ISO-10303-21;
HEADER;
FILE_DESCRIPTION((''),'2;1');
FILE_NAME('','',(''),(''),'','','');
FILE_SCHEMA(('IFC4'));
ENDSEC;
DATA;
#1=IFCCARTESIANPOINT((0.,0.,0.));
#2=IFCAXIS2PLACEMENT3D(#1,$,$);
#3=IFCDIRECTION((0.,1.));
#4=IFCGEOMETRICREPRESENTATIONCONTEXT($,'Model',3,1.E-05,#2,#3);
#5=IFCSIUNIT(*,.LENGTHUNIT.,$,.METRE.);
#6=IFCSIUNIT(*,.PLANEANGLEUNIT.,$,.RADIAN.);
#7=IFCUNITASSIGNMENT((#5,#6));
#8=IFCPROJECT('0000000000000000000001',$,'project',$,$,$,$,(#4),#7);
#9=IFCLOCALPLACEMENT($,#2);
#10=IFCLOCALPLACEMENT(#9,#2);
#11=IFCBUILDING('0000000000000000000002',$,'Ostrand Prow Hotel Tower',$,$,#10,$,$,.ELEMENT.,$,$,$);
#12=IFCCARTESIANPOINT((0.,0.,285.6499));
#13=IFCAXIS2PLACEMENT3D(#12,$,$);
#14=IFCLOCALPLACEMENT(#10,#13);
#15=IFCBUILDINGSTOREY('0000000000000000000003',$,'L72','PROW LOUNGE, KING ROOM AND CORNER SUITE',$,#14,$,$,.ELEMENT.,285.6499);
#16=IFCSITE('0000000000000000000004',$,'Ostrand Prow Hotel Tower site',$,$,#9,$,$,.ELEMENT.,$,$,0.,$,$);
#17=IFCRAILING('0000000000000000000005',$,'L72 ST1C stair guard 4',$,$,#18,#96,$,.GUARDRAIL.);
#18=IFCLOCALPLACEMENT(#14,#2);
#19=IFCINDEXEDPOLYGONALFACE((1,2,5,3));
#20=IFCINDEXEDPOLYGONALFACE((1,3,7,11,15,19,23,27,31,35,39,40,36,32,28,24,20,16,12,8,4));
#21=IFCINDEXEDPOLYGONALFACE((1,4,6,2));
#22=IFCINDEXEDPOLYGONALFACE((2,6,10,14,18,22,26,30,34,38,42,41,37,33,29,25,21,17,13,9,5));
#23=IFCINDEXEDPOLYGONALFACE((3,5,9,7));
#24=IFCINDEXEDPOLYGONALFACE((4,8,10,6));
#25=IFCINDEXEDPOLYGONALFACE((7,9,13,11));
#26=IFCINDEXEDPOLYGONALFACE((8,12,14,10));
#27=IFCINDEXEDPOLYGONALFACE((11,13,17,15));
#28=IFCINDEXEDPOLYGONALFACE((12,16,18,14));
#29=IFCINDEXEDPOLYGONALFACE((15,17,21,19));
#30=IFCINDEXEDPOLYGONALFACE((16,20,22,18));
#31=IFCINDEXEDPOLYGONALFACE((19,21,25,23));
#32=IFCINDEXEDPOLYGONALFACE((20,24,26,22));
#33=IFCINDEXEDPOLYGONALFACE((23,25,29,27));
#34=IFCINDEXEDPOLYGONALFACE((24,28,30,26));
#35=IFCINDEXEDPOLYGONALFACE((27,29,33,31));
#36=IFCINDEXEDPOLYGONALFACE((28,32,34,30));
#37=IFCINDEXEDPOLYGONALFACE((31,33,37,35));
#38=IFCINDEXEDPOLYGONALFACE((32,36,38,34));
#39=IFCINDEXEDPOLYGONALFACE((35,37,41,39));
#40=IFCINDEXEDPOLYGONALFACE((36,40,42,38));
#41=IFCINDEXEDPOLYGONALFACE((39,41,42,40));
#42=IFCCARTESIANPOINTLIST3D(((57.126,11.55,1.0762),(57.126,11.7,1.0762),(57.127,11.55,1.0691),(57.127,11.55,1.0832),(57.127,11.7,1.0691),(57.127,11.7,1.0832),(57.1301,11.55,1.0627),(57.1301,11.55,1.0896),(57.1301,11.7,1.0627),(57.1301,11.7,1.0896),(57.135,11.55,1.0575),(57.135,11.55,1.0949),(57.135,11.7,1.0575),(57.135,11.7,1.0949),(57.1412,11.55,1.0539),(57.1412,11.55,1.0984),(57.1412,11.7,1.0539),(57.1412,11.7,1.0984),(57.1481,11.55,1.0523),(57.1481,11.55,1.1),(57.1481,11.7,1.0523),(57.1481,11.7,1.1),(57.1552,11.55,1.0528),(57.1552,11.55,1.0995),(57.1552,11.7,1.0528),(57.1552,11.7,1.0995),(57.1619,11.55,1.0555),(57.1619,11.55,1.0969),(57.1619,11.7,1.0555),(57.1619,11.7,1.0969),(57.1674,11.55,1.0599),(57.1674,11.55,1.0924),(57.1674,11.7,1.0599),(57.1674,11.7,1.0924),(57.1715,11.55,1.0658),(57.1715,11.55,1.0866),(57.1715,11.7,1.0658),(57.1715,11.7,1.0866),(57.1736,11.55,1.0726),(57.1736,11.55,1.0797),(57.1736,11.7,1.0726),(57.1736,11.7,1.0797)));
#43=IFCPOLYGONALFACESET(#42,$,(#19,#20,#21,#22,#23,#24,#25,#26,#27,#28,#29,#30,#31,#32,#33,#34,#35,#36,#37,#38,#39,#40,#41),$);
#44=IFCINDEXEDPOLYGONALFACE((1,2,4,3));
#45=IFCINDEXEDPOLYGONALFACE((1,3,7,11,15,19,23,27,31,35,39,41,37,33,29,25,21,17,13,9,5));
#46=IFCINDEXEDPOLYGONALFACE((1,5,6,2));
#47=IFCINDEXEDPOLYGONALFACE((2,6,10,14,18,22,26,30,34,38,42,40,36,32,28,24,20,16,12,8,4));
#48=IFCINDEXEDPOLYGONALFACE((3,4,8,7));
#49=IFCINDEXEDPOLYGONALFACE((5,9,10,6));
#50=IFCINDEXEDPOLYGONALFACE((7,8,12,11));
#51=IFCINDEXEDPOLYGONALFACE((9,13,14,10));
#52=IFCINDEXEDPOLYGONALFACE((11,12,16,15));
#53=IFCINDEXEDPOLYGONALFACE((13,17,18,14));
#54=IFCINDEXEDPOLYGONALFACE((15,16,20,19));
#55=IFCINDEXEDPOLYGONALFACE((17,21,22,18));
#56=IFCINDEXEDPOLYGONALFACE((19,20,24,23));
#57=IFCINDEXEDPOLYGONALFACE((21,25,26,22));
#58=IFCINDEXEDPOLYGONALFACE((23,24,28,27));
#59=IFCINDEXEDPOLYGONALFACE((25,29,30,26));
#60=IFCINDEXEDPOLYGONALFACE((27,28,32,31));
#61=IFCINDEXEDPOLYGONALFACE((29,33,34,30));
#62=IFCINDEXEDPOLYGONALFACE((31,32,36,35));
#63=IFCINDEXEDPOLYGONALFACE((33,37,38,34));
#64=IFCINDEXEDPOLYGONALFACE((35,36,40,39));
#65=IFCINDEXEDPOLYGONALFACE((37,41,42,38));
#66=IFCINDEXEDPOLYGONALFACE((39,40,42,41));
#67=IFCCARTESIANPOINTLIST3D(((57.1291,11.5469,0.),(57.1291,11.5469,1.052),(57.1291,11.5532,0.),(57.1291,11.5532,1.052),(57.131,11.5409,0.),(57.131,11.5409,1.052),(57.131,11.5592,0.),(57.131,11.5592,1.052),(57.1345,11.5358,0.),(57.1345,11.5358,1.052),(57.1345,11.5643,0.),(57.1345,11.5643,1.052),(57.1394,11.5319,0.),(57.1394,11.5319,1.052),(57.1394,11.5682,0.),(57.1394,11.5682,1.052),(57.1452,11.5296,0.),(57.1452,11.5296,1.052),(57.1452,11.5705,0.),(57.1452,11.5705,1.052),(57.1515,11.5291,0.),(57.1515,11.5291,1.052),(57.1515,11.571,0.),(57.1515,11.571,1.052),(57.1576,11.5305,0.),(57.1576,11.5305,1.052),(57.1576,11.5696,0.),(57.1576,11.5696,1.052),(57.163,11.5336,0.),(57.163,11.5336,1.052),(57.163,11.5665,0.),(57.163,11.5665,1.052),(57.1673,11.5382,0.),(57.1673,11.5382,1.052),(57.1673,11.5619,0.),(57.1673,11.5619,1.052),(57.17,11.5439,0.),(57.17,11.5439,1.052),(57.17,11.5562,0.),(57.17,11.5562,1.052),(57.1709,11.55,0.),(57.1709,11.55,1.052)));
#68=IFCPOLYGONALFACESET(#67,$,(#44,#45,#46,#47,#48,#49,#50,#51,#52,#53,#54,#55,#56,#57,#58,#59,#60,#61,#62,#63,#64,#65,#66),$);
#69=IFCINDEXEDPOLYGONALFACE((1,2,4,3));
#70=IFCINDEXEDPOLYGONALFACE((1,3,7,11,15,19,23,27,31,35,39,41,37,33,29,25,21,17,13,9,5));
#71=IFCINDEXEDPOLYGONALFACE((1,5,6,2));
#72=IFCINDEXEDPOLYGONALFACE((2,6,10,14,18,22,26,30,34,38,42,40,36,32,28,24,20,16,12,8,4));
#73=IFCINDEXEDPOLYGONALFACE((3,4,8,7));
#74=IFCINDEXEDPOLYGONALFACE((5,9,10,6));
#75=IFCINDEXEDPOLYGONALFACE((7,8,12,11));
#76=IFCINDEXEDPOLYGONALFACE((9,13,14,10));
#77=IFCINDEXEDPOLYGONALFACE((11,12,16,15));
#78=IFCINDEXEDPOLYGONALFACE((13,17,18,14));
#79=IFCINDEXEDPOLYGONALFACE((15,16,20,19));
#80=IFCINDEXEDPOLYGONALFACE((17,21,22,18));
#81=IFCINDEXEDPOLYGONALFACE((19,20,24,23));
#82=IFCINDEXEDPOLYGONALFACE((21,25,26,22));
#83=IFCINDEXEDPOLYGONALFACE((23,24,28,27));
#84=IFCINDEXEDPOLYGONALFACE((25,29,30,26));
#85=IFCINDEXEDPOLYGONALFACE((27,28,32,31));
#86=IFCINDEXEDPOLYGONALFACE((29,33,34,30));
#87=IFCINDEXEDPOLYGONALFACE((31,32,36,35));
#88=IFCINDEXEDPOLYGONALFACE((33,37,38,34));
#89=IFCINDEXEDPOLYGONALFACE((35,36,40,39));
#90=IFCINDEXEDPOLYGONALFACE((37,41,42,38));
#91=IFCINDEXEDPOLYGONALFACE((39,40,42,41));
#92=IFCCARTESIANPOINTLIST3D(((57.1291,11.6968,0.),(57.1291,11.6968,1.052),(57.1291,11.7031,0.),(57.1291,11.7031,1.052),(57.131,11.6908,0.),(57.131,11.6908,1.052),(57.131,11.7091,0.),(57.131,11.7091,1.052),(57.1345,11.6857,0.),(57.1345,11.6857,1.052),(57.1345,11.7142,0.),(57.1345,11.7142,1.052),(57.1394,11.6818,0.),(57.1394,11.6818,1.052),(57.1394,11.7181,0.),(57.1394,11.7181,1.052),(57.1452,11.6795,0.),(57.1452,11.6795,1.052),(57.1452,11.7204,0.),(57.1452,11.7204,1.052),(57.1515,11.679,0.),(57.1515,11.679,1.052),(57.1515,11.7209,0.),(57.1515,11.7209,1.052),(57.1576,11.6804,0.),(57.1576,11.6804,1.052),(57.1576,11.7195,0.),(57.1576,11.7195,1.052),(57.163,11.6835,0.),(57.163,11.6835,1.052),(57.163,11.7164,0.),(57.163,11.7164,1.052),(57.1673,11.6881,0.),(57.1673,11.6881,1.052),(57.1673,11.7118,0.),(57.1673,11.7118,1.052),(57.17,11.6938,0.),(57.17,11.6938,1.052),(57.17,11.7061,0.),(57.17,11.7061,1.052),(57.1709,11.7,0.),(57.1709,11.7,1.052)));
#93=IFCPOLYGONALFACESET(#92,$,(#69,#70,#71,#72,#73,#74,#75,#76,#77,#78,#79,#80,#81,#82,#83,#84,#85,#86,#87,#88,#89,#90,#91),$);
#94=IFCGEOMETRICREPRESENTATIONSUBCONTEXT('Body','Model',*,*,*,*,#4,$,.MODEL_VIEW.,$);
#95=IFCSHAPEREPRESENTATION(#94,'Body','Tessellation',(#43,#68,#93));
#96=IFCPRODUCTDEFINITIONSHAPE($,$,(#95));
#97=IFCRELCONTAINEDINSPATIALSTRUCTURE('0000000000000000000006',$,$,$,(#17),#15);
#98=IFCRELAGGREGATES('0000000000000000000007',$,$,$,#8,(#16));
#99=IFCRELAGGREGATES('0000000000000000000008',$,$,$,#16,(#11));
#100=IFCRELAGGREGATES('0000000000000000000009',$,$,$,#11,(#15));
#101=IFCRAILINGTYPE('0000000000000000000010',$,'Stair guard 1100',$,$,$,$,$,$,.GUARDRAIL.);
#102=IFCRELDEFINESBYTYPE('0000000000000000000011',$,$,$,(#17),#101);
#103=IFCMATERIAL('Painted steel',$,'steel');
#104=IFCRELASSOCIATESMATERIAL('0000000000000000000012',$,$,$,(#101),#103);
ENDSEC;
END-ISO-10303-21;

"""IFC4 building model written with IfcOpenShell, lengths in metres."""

from ifc_helpers import new_model, si_unit, direction, frame, origin, origin_2d, place, context, subcontext, project, spatial, circle, extrude, material, type_object, element, save


model = new_model("IFC4")

# Units and contexts
model_context = context("Model", 3, precision=1e-05, world=origin(), true_north=direction((0.0, 1.0)))
body_context = subcontext(model_context, "Body", "Model", "MODEL_VIEW")
ifc_project = project(units=[si_unit("LENGTHUNIT", "METRE"), si_unit("PLANEANGLEUNIT", "RADIAN")], contexts=[model_context])

# Site, building, storey
site_placement = place(None, origin())
site = spatial("IfcSite", under=ifc_project, at=site_placement, Name="Ostrand Prow Hotel Tower site", CompositionType="ELEMENT", RefElevation=0.0)
building_placement = place(site_placement, origin())
building = spatial("IfcBuilding", under=site, at=building_placement, Name="Ostrand Prow Hotel Tower", CompositionType="ELEMENT")
storey_placement = place(building_placement, frame((0.0, 0.0, 285.6499)))
storey = spatial("IfcBuildingStorey", under=building, at=storey_placement, Name="L72", Description="PROW LOUNGE, KING ROOM AND CORNER SUITE", CompositionType="ELEMENT", Elevation=285.6499)

# Railing
ifc_material_1 = material(Name="Painted steel", Category="steel")
railing_type_1 = type_object("IfcRailingType", Name="Stair guard 1100", PredefinedType="GUARDRAIL", material=ifc_material_1)
railing_1_placement = place(storey_placement, frame((57.1499, 11.55, 0.0)))
element("IfcRailing", 1, at=railing_1_placement, inside=storey, type_object=railing_type_1, Name="L72 ST1C stair guard 4", PredefinedType="GUARDRAIL", context=body_context, shape_type="SweptSolid", body=[
    extrude(circle(Radius=0.0239, at=origin_2d()), frame((0.0, 0.0, 1.0762), z_axis=(0.0, 1.0, 0.0), x_axis=(-1.0, 0.0, 0.0)), (0.0, 0.0, 1.0), 0.1499),
    extrude(circle(Radius=0.021, at=origin_2d()), origin(), (0.0, 0.0, 1.0), 1.052),
    extrude(circle(Radius=0.021, at=origin_2d()), frame((0.0, 0.1499, 0.0)), (0.0, 0.0, 1.0), 1.052),
])

save(model, "model.ifc")
